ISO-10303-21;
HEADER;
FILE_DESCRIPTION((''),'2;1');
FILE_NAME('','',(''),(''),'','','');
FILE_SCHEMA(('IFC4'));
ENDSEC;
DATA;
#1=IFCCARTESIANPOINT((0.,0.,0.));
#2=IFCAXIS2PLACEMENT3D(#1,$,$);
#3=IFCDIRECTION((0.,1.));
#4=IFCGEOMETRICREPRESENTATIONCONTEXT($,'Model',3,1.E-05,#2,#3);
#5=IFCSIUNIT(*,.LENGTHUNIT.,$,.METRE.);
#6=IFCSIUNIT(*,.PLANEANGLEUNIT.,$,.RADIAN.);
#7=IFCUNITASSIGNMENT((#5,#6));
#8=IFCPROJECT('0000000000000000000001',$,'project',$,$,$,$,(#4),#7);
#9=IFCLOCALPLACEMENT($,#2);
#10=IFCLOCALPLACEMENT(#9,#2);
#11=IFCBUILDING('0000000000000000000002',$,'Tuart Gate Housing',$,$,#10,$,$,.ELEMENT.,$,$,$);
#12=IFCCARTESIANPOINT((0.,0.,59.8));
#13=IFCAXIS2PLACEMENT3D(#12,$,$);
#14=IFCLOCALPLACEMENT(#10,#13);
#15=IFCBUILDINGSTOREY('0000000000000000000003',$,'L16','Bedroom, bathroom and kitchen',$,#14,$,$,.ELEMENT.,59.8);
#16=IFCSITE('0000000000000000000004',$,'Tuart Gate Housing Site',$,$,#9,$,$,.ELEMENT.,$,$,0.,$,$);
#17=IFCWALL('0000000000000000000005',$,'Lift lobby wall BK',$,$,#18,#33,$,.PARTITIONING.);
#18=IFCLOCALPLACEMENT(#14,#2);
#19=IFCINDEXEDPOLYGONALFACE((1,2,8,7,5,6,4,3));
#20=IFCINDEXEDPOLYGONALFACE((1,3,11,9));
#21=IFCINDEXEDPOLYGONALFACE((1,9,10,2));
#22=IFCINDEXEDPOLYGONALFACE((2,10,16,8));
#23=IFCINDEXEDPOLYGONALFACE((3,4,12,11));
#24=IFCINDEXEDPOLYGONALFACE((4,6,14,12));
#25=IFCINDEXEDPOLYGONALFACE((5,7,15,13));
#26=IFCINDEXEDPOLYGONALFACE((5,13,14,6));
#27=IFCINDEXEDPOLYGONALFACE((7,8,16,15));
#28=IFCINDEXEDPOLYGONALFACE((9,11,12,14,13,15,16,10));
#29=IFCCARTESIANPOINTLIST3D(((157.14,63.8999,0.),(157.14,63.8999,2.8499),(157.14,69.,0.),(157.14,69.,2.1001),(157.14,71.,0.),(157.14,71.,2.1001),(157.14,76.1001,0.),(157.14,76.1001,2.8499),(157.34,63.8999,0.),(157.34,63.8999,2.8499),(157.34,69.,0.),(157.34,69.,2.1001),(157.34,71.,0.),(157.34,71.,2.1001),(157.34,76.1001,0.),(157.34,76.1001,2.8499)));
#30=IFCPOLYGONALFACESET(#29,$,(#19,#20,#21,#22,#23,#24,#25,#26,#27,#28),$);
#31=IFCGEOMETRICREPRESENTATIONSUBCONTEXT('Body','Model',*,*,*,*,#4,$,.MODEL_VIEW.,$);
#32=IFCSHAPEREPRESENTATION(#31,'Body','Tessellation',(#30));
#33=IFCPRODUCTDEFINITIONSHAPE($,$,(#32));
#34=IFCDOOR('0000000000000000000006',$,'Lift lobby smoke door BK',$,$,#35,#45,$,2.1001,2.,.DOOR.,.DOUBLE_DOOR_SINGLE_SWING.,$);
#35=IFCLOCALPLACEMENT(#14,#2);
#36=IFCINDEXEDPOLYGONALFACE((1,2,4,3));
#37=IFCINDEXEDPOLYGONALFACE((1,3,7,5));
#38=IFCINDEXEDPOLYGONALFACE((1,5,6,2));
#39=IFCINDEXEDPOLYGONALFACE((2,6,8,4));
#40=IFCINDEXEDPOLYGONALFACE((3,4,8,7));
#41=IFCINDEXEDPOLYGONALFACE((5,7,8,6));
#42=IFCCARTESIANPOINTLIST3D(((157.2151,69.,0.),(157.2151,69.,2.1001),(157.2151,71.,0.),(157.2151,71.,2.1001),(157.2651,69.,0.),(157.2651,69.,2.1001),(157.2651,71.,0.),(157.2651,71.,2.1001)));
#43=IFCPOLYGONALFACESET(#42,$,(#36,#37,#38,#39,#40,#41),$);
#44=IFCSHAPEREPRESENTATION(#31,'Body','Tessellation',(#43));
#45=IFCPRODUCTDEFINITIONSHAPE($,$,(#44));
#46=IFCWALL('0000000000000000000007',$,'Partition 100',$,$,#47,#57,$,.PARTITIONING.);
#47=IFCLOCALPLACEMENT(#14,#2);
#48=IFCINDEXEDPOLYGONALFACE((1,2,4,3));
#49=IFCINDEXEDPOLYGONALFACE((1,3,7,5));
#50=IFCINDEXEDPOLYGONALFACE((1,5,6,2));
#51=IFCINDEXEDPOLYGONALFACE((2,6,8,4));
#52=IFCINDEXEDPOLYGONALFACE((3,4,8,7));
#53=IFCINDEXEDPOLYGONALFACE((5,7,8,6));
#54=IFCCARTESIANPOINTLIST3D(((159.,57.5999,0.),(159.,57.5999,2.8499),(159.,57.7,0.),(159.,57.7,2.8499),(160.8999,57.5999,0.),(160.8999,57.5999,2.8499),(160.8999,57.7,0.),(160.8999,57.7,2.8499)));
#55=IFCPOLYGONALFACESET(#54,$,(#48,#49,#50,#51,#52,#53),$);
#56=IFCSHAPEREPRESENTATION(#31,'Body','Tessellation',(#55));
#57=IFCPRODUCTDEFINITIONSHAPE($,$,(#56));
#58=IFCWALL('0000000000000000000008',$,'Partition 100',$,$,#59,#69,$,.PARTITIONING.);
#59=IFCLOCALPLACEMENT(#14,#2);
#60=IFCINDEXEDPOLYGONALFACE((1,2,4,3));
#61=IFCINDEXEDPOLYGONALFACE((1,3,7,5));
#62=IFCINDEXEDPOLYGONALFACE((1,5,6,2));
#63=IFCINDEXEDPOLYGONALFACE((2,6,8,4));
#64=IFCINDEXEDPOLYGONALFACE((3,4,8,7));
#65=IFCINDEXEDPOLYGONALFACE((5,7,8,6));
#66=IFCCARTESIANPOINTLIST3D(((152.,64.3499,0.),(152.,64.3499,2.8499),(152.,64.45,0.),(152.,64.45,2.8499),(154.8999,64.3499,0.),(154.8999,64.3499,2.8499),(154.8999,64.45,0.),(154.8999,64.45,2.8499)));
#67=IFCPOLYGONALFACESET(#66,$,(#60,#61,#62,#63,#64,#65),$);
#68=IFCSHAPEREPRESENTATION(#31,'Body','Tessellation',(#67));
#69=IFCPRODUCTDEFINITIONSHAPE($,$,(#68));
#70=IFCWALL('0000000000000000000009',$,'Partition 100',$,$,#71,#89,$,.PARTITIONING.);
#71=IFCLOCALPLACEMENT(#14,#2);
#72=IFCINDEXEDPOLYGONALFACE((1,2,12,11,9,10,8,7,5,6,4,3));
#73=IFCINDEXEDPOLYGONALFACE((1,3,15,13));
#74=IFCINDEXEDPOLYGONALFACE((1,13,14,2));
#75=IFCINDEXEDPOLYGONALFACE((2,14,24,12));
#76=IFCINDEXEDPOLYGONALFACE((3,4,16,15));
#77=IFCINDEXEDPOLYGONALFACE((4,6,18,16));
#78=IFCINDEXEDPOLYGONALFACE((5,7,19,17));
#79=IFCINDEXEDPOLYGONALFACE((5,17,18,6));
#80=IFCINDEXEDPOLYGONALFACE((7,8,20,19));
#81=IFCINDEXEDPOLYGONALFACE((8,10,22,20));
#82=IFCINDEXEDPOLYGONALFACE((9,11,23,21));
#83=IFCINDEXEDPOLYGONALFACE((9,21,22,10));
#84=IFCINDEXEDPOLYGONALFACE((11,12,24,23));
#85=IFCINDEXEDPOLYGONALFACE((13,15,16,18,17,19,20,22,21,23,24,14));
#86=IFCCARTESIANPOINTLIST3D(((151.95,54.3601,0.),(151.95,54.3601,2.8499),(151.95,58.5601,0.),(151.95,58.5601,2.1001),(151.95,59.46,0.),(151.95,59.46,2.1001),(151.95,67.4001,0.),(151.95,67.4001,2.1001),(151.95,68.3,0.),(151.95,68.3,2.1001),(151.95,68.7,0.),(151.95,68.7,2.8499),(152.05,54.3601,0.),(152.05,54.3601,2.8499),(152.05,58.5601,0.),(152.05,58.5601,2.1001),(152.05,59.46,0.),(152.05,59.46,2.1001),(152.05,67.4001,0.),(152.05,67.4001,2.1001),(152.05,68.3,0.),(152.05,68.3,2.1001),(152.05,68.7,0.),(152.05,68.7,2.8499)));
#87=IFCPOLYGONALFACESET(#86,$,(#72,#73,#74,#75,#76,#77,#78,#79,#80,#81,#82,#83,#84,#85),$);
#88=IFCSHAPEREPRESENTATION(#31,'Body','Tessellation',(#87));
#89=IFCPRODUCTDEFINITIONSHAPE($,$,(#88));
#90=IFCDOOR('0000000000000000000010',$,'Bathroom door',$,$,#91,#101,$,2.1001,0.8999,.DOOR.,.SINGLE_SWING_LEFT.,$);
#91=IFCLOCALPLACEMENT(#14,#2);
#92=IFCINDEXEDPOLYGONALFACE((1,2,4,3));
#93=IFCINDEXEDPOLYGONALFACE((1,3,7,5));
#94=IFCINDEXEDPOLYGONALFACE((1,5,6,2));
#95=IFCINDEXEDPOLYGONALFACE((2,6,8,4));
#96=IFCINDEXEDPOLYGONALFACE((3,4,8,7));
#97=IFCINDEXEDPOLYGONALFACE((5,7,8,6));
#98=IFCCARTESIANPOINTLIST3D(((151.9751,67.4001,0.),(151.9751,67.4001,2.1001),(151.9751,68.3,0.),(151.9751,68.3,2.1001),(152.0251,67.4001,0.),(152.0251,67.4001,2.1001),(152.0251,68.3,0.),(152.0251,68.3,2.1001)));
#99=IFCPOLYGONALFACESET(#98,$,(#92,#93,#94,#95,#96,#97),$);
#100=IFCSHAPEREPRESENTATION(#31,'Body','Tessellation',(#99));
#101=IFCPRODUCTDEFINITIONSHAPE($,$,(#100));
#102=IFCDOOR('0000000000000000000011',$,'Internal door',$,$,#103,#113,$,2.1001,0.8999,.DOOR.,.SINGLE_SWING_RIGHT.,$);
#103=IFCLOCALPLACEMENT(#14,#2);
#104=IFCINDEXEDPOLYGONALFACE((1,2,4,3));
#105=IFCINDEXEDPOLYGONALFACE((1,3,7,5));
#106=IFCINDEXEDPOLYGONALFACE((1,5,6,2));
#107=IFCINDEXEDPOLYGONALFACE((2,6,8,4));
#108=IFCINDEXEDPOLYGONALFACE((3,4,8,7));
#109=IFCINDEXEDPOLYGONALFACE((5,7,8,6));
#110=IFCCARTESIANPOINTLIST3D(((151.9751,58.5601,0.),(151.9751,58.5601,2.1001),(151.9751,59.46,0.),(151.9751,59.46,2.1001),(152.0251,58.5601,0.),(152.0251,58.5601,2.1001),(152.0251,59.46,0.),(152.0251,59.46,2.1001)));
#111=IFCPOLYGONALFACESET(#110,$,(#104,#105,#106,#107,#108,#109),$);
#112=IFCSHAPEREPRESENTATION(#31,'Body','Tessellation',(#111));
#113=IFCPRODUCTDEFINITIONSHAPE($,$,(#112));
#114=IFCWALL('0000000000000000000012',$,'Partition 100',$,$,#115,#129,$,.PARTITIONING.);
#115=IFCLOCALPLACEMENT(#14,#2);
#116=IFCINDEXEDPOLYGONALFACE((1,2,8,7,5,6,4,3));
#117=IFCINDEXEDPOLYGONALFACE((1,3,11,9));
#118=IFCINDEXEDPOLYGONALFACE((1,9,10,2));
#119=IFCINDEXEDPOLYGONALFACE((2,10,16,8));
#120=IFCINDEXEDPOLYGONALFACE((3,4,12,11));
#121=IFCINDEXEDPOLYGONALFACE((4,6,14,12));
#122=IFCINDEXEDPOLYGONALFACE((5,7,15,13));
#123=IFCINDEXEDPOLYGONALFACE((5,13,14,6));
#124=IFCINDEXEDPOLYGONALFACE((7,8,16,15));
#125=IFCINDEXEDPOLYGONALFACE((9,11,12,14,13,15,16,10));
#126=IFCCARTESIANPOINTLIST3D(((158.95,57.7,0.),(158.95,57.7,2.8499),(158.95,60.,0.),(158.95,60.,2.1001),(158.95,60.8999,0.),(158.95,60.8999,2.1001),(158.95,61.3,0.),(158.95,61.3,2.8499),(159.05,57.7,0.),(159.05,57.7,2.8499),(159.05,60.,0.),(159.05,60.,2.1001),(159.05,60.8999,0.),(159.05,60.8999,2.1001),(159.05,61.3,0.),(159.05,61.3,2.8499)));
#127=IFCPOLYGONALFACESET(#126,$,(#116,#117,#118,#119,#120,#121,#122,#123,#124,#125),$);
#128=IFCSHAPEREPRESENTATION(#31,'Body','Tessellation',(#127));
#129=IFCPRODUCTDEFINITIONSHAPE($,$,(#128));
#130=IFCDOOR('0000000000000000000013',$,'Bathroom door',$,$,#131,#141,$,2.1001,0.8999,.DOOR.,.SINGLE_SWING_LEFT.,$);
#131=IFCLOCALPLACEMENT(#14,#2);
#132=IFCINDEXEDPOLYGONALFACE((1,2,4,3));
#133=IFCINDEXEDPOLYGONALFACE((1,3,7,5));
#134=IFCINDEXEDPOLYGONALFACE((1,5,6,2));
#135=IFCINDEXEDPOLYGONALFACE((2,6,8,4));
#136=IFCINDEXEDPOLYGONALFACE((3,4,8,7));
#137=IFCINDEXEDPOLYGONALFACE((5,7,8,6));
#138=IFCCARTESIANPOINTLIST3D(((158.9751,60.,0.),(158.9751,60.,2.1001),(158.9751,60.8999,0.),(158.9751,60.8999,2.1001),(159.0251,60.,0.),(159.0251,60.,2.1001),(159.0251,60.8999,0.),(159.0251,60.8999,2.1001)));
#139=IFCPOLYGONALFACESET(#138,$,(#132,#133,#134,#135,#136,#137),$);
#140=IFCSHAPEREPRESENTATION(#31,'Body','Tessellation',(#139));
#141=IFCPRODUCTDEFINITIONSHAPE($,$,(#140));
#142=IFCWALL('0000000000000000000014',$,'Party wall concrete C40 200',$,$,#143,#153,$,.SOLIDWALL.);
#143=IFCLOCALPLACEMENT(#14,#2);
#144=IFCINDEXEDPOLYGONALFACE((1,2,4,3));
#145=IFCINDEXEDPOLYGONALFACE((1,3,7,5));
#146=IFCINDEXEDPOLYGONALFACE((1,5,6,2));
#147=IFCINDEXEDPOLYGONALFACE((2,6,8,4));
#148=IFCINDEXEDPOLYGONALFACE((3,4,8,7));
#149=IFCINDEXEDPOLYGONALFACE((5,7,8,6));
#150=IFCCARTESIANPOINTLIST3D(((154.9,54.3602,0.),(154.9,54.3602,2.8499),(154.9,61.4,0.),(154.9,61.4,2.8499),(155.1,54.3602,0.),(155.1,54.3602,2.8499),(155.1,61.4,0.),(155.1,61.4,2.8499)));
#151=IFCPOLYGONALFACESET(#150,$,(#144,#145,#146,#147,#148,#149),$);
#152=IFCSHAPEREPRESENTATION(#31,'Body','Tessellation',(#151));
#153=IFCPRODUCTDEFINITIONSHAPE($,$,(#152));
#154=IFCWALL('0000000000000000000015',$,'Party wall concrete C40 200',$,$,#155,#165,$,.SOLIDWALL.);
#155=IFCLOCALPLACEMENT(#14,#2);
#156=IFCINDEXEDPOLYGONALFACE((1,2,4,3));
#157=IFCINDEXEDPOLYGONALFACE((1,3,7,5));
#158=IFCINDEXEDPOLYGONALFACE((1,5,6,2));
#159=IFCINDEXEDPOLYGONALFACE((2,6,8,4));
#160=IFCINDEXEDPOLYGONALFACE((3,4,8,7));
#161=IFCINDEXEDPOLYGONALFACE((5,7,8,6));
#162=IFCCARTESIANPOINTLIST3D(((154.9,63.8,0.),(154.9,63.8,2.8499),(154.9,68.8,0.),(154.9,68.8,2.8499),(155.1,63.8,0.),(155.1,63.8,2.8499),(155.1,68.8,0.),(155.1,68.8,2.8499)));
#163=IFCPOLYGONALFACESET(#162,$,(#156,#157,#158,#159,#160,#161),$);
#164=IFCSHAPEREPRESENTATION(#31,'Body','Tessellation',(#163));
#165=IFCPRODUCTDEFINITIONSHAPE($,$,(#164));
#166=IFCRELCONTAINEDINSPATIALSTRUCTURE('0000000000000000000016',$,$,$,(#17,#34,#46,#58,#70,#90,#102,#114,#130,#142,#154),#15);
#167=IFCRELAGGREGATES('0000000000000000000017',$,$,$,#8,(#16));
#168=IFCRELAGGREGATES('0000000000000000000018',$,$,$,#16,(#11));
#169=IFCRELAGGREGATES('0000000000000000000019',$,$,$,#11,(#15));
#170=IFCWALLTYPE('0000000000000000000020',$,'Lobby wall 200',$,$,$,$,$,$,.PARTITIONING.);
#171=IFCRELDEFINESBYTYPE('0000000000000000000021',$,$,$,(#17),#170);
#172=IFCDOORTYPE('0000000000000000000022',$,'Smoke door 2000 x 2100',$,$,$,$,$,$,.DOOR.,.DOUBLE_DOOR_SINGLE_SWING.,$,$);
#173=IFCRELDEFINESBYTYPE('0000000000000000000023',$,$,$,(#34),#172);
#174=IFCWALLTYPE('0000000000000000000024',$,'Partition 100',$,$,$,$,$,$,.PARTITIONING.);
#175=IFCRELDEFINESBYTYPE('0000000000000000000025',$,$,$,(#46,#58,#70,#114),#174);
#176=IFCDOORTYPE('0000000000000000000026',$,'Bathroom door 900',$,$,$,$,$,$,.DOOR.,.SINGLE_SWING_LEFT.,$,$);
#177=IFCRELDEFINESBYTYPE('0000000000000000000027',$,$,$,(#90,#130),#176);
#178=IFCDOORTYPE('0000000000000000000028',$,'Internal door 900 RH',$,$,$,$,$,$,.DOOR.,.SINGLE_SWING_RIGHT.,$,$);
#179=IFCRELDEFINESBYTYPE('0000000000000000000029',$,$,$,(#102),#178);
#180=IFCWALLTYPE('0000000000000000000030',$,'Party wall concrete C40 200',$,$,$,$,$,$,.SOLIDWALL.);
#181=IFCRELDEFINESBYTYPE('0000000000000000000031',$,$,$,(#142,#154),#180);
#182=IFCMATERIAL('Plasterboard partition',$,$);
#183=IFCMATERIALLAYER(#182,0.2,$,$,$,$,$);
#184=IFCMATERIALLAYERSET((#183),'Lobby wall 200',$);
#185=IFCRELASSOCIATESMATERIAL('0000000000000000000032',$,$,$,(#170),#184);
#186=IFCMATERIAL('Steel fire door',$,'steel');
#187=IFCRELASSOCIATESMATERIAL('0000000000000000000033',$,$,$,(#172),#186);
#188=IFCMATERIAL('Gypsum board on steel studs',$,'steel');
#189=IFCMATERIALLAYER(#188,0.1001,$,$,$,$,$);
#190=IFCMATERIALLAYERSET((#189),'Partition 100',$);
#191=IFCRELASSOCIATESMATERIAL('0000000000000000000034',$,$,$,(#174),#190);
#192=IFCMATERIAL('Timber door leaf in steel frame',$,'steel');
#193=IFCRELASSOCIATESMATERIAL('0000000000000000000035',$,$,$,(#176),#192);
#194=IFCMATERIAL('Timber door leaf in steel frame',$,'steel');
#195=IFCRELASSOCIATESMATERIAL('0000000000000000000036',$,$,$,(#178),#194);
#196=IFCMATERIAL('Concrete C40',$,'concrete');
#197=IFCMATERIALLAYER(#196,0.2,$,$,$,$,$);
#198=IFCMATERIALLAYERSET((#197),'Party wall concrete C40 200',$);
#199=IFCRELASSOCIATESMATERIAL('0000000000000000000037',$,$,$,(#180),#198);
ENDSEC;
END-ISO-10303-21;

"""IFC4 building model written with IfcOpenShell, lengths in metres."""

from ifc_helpers import new_model, si_unit, direction, frame, frame_2d, origin, place, context, subcontext, project, spatial, rectangle, extrude, material, layer, layer_set, type_object, element, fill, save


model = new_model("IFC4")

# Units and contexts
model_context = context("Model", 3, precision=1e-05, world=origin(), true_north=direction((0.0, 1.0)))
body_context = subcontext(model_context, "Body", "Model", "MODEL_VIEW")
ifc_project = project(units=[si_unit("LENGTHUNIT", "METRE"), si_unit("PLANEANGLEUNIT", "RADIAN")], contexts=[model_context])

# Site, building, storey
site_placement = place(None, origin())
site = spatial("IfcSite", under=ifc_project, at=site_placement, Name="Tuart Gate Housing Site", CompositionType="ELEMENT", RefElevation=0.0)
building_placement = place(site_placement, origin())
building = spatial("IfcBuilding", under=site, at=building_placement, Name="Tuart Gate Housing", CompositionType="ELEMENT")
storey_placement = place(building_placement, frame((0.0, 0.0, 59.8)))
storey = spatial("IfcBuildingStorey", under=building, at=storey_placement, Name="L16", Description="Bedroom, bathroom and kitchen", CompositionType="ELEMENT", Elevation=59.8)

# Wall, opening, door
ifc_material_1 = material(Name="Plasterboard partition")
ifc_layer_1 = layer(ifc_material_1, 0.2)
ifc_layer_set_1 = layer_set([ifc_layer_1], Name="Lobby wall 200")
wall_type_1 = type_object("IfcWallType", Name="Lobby wall 200", PredefinedType="PARTITIONING", material=ifc_layer_set_1)
wall_1_placement = place(storey_placement, frame((157.24, 63.8999, 0.0), z_axis=(0.0, 0.0, 1.0), x_axis=(0.0, 1.0, 0.0)))
wall_1 = element("IfcWall", 1, at=wall_1_placement, inside=storey, type_object=wall_type_1, Name="Lift lobby wall BK", PredefinedType="PARTITIONING", context=body_context, shape_type="SweptSolid", body=[
    extrude(rectangle(XDim=12.2002, YDim=0.2, at=frame_2d((6.1001, 0.0))), origin(), (0.0, 0.0, 1.0), 2.8499),
])
opening_1_placement = place(wall_1_placement, frame((5.1001, 0.0, 0.0)))
opening_1 = element("IfcOpeningElement", 2, at=opening_1_placement, cuts=wall_1, PredefinedType="OPENING", context=body_context, shape_type="SweptSolid", body=[
    extrude(rectangle(XDim=2.0, YDim=2.1001, at=frame_2d((1.0, 1.05))), frame((0.0, 0.1099, 0.0), z_axis=(0.0, -1.0, 0.0), x_axis=(1.0, 0.0, 0.0)), (0.0, 0.0, 1.0), 0.22),
])
ifc_material_2 = material(Name="Steel fire door", Category="steel")
door_type_1 = type_object("IfcDoorType", Name="Smoke door 2000 x 2100", OperationType="DOUBLE_DOOR_SINGLE_SWING", PredefinedType="DOOR", material=ifc_material_2)
door_1_placement = place(opening_1_placement, frame((2.0, 0.0, 0.0), z_axis=(0.0, 0.0, 1.0), x_axis=(-1.0, 0.0, 0.0)))
door_1 = element("IfcDoor", 3, at=door_1_placement, inside=storey, type_object=door_type_1, Name="Lift lobby smoke door BK", OperationType="DOUBLE_DOOR_SINGLE_SWING", OverallHeight=2.1001, OverallWidth=2.0, PredefinedType="DOOR", context=body_context, shape_type="SweptSolid", body=[
    extrude(rectangle(XDim=2.0, YDim=2.1001, at=frame_2d((1.0, 1.05))), frame((0.0, 0.0251, 0.0), z_axis=(0.0, -1.0, 0.0), x_axis=(1.0, 0.0, 0.0)), (0.0, 0.0, 1.0), 0.05),
])
fill(opening_1, door_1)

# Walls
ifc_material_3 = material(Name="Gypsum board on steel studs", Category="steel")
ifc_layer_2 = layer(ifc_material_3, 0.1001)
ifc_layer_set_2 = layer_set([ifc_layer_2], Name="Partition 100")
wall_type_2 = type_object("IfcWallType", Name="Partition 100", PredefinedType="PARTITIONING", material=ifc_layer_set_2)
wall_2_placement = place(storey_placement, frame((159.0, 57.6499, 0.0), z_axis=(0.0, 0.0, 1.0), x_axis=(1.0, 0.0, 0.0)))
element("IfcWall", 4, at=wall_2_placement, inside=storey, type_object=wall_type_2, Name="Partition 100", PredefinedType="PARTITIONING", context=body_context, shape_type="SweptSolid", body=[
    extrude(rectangle(XDim=1.8999, YDim=0.1001, at=frame_2d((0.95, 0.0))), origin(), (0.0, 0.0, 1.0), 2.8499),
])
wall_3_placement = place(storey_placement, frame((152.0, 64.3999, 0.0), z_axis=(0.0, 0.0, 1.0), x_axis=(1.0, 0.0, 0.0)))
element("IfcWall", 5, at=wall_3_placement, inside=storey, type_object=wall_type_2, Name="Partition 100", PredefinedType="PARTITIONING", context=body_context, shape_type="SweptSolid", body=[
    extrude(rectangle(XDim=2.8999, YDim=0.1001, at=frame_2d((1.45, 0.0))), origin(), (0.0, 0.0, 1.0), 2.8499),
])

# Wall, openings, doors
wall_4_placement = place(storey_placement, frame((152.0, 54.3601, 0.0), z_axis=(0.0, 0.0, 1.0), x_axis=(0.0, 1.0, 0.0)))
wall_4 = element("IfcWall", 6, at=wall_4_placement, inside=storey, type_object=wall_type_2, Name="Partition 100", PredefinedType="PARTITIONING", context=body_context, shape_type="SweptSolid", body=[
    extrude(rectangle(XDim=14.3398, YDim=0.1001, at=frame_2d((7.1699, 0.0))), origin(), (0.0, 0.0, 1.0), 2.8499),
])
opening_2_placement = place(wall_4_placement, frame((4.2, 0.0, 0.0)))
opening_2 = element("IfcOpeningElement", 7, at=opening_2_placement, cuts=wall_4, PredefinedType="OPENING", context=body_context, shape_type="SweptSolid", body=[
    extrude(rectangle(XDim=0.8999, YDim=2.1001, at=frame_2d((0.45, 1.05))), frame((0.0, 0.0601, 0.0), z_axis=(0.0, -1.0, 0.0), x_axis=(1.0, 0.0, 0.0)), (0.0, 0.0, 1.0), 0.1201),
])
opening_3_placement = place(wall_4_placement, frame((13.04, 0.0, 0.0)))
opening_3 = element("IfcOpeningElement", 8, at=opening_3_placement, cuts=wall_4, PredefinedType="OPENING", context=body_context, shape_type="SweptSolid", body=[
    extrude(rectangle(XDim=0.8999, YDim=2.1001, at=frame_2d((0.45, 1.05))), frame((0.0, 0.0601, 0.0), z_axis=(0.0, -1.0, 0.0), x_axis=(1.0, 0.0, 0.0)), (0.0, 0.0, 1.0), 0.1201),
])
ifc_material_4 = material(Name="Timber door leaf in steel frame", Category="steel")
door_type_2 = type_object("IfcDoorType", Name="Bathroom door 900", OperationType="SINGLE_SWING_LEFT", PredefinedType="DOOR", material=ifc_material_4)
door_2_placement = place(opening_3_placement, frame((0.8999, 0.0, 0.0), z_axis=(0.0, 0.0, 1.0), x_axis=(-1.0, 0.0, 0.0)))
door_2 = element("IfcDoor", 9, at=door_2_placement, inside=storey, type_object=door_type_2, Name="Bathroom door", OperationType="SINGLE_SWING_LEFT", OverallHeight=2.1001, OverallWidth=0.8999, PredefinedType="DOOR", context=body_context, shape_type="SweptSolid", body=[
    extrude(rectangle(XDim=0.8999, YDim=2.1001, at=frame_2d((0.45, 1.05))), frame((0.0, 0.0251, 0.0), z_axis=(0.0, -1.0, 0.0), x_axis=(1.0, 0.0, 0.0)), (0.0, 0.0, 1.0), 0.05),
])
fill(opening_3, door_2)
ifc_material_5 = material(Name="Timber door leaf in steel frame", Category="steel")
door_type_3 = type_object("IfcDoorType", Name="Internal door 900 RH", OperationType="SINGLE_SWING_RIGHT", PredefinedType="DOOR", material=ifc_material_5)
door_3_placement = place(opening_2_placement, frame((0.8999, 0.0, 0.0), z_axis=(0.0, 0.0, 1.0), x_axis=(-1.0, 0.0, 0.0)))
door_3 = element("IfcDoor", 10, at=door_3_placement, inside=storey, type_object=door_type_3, Name="Internal door", OperationType="SINGLE_SWING_RIGHT", OverallHeight=2.1001, OverallWidth=0.8999, PredefinedType="DOOR", context=body_context, shape_type="SweptSolid", body=[
    extrude(rectangle(XDim=0.8999, YDim=2.1001, at=frame_2d((0.45, 1.05))), frame((0.0, 0.0251, 0.0), z_axis=(0.0, -1.0, 0.0), x_axis=(1.0, 0.0, 0.0)), (0.0, 0.0, 1.0), 0.05),
])
fill(opening_2, door_3)

# Wall, opening, door
wall_5_placement = place(storey_placement, frame((159.0, 57.7, 0.0), z_axis=(0.0, 0.0, 1.0), x_axis=(0.0, 1.0, 0.0)))
wall_5 = element("IfcWall", 11, at=wall_5_placement, inside=storey, type_object=wall_type_2, Name="Partition 100", PredefinedType="PARTITIONING", context=body_context, shape_type="SweptSolid", body=[
    extrude(rectangle(XDim=3.6001, YDim=0.1001, at=frame_2d((1.8, 0.0))), origin(), (0.0, 0.0, 1.0), 2.8499),
])
opening_4_placement = place(wall_5_placement, frame((2.3, 0.0, 0.0)))
opening_4 = element("IfcOpeningElement", 12, at=opening_4_placement, cuts=wall_5, PredefinedType="OPENING", context=body_context, shape_type="SweptSolid", body=[
    extrude(rectangle(XDim=0.8999, YDim=2.1001, at=frame_2d((0.45, 1.05))), frame((0.0, 0.0601, 0.0), z_axis=(0.0, -1.0, 0.0), x_axis=(1.0, 0.0, 0.0)), (0.0, 0.0, 1.0), 0.1201),
])
door_4_placement = place(opening_4_placement, frame((0.8999, 0.0, 0.0), z_axis=(0.0, 0.0, 1.0), x_axis=(-1.0, 0.0, 0.0)))
door_4 = element("IfcDoor", 13, at=door_4_placement, inside=storey, type_object=door_type_2, Name="Bathroom door", OperationType="SINGLE_SWING_LEFT", OverallHeight=2.1001, OverallWidth=0.8999, PredefinedType="DOOR", context=body_context, shape_type="SweptSolid", body=[
    extrude(rectangle(XDim=0.8999, YDim=2.1001, at=frame_2d((0.45, 1.05))), frame((0.0, 0.0251, 0.0), z_axis=(0.0, -1.0, 0.0), x_axis=(1.0, 0.0, 0.0)), (0.0, 0.0, 1.0), 0.05),
])
fill(opening_4, door_4)

# Walls
ifc_material_6 = material(Name="Concrete C40", Category="concrete")
ifc_layer_3 = layer(ifc_material_6, 0.2)
ifc_layer_set_3 = layer_set([ifc_layer_3], Name="Party wall concrete C40 200")
wall_type_3 = type_object("IfcWallType", Name="Party wall concrete C40 200", PredefinedType="SOLIDWALL", material=ifc_layer_set_3)
wall_6_placement = place(storey_placement, frame((155.0, 54.3601, 0.0), z_axis=(0.0, 0.0, 1.0), x_axis=(0.0, 1.0, 0.0)))
element("IfcWall", 14, at=wall_6_placement, inside=storey, type_object=wall_type_3, Name="Party wall concrete C40 200", PredefinedType="SOLIDWALL", context=body_context, shape_type="SweptSolid", body=[
    extrude(rectangle(XDim=7.0398, YDim=0.2, at=frame_2d((3.52, 0.0))), origin(), (0.0, 0.0, 1.0), 2.8499),
])
wall_7_placement = place(storey_placement, frame((155.0, 63.8, 0.0), z_axis=(0.0, 0.0, 1.0), x_axis=(0.0, 1.0, 0.0)))
element("IfcWall", 15, at=wall_7_placement, inside=storey, type_object=wall_type_3, Name="Party wall concrete C40 200", PredefinedType="SOLIDWALL", context=body_context, shape_type="SweptSolid", body=[
    extrude(rectangle(XDim=5.0, YDim=0.2, at=frame_2d((2.5, 0.0))), origin(), (0.0, 0.0, 1.0), 2.8499),
])

save(model, "model.ifc")
